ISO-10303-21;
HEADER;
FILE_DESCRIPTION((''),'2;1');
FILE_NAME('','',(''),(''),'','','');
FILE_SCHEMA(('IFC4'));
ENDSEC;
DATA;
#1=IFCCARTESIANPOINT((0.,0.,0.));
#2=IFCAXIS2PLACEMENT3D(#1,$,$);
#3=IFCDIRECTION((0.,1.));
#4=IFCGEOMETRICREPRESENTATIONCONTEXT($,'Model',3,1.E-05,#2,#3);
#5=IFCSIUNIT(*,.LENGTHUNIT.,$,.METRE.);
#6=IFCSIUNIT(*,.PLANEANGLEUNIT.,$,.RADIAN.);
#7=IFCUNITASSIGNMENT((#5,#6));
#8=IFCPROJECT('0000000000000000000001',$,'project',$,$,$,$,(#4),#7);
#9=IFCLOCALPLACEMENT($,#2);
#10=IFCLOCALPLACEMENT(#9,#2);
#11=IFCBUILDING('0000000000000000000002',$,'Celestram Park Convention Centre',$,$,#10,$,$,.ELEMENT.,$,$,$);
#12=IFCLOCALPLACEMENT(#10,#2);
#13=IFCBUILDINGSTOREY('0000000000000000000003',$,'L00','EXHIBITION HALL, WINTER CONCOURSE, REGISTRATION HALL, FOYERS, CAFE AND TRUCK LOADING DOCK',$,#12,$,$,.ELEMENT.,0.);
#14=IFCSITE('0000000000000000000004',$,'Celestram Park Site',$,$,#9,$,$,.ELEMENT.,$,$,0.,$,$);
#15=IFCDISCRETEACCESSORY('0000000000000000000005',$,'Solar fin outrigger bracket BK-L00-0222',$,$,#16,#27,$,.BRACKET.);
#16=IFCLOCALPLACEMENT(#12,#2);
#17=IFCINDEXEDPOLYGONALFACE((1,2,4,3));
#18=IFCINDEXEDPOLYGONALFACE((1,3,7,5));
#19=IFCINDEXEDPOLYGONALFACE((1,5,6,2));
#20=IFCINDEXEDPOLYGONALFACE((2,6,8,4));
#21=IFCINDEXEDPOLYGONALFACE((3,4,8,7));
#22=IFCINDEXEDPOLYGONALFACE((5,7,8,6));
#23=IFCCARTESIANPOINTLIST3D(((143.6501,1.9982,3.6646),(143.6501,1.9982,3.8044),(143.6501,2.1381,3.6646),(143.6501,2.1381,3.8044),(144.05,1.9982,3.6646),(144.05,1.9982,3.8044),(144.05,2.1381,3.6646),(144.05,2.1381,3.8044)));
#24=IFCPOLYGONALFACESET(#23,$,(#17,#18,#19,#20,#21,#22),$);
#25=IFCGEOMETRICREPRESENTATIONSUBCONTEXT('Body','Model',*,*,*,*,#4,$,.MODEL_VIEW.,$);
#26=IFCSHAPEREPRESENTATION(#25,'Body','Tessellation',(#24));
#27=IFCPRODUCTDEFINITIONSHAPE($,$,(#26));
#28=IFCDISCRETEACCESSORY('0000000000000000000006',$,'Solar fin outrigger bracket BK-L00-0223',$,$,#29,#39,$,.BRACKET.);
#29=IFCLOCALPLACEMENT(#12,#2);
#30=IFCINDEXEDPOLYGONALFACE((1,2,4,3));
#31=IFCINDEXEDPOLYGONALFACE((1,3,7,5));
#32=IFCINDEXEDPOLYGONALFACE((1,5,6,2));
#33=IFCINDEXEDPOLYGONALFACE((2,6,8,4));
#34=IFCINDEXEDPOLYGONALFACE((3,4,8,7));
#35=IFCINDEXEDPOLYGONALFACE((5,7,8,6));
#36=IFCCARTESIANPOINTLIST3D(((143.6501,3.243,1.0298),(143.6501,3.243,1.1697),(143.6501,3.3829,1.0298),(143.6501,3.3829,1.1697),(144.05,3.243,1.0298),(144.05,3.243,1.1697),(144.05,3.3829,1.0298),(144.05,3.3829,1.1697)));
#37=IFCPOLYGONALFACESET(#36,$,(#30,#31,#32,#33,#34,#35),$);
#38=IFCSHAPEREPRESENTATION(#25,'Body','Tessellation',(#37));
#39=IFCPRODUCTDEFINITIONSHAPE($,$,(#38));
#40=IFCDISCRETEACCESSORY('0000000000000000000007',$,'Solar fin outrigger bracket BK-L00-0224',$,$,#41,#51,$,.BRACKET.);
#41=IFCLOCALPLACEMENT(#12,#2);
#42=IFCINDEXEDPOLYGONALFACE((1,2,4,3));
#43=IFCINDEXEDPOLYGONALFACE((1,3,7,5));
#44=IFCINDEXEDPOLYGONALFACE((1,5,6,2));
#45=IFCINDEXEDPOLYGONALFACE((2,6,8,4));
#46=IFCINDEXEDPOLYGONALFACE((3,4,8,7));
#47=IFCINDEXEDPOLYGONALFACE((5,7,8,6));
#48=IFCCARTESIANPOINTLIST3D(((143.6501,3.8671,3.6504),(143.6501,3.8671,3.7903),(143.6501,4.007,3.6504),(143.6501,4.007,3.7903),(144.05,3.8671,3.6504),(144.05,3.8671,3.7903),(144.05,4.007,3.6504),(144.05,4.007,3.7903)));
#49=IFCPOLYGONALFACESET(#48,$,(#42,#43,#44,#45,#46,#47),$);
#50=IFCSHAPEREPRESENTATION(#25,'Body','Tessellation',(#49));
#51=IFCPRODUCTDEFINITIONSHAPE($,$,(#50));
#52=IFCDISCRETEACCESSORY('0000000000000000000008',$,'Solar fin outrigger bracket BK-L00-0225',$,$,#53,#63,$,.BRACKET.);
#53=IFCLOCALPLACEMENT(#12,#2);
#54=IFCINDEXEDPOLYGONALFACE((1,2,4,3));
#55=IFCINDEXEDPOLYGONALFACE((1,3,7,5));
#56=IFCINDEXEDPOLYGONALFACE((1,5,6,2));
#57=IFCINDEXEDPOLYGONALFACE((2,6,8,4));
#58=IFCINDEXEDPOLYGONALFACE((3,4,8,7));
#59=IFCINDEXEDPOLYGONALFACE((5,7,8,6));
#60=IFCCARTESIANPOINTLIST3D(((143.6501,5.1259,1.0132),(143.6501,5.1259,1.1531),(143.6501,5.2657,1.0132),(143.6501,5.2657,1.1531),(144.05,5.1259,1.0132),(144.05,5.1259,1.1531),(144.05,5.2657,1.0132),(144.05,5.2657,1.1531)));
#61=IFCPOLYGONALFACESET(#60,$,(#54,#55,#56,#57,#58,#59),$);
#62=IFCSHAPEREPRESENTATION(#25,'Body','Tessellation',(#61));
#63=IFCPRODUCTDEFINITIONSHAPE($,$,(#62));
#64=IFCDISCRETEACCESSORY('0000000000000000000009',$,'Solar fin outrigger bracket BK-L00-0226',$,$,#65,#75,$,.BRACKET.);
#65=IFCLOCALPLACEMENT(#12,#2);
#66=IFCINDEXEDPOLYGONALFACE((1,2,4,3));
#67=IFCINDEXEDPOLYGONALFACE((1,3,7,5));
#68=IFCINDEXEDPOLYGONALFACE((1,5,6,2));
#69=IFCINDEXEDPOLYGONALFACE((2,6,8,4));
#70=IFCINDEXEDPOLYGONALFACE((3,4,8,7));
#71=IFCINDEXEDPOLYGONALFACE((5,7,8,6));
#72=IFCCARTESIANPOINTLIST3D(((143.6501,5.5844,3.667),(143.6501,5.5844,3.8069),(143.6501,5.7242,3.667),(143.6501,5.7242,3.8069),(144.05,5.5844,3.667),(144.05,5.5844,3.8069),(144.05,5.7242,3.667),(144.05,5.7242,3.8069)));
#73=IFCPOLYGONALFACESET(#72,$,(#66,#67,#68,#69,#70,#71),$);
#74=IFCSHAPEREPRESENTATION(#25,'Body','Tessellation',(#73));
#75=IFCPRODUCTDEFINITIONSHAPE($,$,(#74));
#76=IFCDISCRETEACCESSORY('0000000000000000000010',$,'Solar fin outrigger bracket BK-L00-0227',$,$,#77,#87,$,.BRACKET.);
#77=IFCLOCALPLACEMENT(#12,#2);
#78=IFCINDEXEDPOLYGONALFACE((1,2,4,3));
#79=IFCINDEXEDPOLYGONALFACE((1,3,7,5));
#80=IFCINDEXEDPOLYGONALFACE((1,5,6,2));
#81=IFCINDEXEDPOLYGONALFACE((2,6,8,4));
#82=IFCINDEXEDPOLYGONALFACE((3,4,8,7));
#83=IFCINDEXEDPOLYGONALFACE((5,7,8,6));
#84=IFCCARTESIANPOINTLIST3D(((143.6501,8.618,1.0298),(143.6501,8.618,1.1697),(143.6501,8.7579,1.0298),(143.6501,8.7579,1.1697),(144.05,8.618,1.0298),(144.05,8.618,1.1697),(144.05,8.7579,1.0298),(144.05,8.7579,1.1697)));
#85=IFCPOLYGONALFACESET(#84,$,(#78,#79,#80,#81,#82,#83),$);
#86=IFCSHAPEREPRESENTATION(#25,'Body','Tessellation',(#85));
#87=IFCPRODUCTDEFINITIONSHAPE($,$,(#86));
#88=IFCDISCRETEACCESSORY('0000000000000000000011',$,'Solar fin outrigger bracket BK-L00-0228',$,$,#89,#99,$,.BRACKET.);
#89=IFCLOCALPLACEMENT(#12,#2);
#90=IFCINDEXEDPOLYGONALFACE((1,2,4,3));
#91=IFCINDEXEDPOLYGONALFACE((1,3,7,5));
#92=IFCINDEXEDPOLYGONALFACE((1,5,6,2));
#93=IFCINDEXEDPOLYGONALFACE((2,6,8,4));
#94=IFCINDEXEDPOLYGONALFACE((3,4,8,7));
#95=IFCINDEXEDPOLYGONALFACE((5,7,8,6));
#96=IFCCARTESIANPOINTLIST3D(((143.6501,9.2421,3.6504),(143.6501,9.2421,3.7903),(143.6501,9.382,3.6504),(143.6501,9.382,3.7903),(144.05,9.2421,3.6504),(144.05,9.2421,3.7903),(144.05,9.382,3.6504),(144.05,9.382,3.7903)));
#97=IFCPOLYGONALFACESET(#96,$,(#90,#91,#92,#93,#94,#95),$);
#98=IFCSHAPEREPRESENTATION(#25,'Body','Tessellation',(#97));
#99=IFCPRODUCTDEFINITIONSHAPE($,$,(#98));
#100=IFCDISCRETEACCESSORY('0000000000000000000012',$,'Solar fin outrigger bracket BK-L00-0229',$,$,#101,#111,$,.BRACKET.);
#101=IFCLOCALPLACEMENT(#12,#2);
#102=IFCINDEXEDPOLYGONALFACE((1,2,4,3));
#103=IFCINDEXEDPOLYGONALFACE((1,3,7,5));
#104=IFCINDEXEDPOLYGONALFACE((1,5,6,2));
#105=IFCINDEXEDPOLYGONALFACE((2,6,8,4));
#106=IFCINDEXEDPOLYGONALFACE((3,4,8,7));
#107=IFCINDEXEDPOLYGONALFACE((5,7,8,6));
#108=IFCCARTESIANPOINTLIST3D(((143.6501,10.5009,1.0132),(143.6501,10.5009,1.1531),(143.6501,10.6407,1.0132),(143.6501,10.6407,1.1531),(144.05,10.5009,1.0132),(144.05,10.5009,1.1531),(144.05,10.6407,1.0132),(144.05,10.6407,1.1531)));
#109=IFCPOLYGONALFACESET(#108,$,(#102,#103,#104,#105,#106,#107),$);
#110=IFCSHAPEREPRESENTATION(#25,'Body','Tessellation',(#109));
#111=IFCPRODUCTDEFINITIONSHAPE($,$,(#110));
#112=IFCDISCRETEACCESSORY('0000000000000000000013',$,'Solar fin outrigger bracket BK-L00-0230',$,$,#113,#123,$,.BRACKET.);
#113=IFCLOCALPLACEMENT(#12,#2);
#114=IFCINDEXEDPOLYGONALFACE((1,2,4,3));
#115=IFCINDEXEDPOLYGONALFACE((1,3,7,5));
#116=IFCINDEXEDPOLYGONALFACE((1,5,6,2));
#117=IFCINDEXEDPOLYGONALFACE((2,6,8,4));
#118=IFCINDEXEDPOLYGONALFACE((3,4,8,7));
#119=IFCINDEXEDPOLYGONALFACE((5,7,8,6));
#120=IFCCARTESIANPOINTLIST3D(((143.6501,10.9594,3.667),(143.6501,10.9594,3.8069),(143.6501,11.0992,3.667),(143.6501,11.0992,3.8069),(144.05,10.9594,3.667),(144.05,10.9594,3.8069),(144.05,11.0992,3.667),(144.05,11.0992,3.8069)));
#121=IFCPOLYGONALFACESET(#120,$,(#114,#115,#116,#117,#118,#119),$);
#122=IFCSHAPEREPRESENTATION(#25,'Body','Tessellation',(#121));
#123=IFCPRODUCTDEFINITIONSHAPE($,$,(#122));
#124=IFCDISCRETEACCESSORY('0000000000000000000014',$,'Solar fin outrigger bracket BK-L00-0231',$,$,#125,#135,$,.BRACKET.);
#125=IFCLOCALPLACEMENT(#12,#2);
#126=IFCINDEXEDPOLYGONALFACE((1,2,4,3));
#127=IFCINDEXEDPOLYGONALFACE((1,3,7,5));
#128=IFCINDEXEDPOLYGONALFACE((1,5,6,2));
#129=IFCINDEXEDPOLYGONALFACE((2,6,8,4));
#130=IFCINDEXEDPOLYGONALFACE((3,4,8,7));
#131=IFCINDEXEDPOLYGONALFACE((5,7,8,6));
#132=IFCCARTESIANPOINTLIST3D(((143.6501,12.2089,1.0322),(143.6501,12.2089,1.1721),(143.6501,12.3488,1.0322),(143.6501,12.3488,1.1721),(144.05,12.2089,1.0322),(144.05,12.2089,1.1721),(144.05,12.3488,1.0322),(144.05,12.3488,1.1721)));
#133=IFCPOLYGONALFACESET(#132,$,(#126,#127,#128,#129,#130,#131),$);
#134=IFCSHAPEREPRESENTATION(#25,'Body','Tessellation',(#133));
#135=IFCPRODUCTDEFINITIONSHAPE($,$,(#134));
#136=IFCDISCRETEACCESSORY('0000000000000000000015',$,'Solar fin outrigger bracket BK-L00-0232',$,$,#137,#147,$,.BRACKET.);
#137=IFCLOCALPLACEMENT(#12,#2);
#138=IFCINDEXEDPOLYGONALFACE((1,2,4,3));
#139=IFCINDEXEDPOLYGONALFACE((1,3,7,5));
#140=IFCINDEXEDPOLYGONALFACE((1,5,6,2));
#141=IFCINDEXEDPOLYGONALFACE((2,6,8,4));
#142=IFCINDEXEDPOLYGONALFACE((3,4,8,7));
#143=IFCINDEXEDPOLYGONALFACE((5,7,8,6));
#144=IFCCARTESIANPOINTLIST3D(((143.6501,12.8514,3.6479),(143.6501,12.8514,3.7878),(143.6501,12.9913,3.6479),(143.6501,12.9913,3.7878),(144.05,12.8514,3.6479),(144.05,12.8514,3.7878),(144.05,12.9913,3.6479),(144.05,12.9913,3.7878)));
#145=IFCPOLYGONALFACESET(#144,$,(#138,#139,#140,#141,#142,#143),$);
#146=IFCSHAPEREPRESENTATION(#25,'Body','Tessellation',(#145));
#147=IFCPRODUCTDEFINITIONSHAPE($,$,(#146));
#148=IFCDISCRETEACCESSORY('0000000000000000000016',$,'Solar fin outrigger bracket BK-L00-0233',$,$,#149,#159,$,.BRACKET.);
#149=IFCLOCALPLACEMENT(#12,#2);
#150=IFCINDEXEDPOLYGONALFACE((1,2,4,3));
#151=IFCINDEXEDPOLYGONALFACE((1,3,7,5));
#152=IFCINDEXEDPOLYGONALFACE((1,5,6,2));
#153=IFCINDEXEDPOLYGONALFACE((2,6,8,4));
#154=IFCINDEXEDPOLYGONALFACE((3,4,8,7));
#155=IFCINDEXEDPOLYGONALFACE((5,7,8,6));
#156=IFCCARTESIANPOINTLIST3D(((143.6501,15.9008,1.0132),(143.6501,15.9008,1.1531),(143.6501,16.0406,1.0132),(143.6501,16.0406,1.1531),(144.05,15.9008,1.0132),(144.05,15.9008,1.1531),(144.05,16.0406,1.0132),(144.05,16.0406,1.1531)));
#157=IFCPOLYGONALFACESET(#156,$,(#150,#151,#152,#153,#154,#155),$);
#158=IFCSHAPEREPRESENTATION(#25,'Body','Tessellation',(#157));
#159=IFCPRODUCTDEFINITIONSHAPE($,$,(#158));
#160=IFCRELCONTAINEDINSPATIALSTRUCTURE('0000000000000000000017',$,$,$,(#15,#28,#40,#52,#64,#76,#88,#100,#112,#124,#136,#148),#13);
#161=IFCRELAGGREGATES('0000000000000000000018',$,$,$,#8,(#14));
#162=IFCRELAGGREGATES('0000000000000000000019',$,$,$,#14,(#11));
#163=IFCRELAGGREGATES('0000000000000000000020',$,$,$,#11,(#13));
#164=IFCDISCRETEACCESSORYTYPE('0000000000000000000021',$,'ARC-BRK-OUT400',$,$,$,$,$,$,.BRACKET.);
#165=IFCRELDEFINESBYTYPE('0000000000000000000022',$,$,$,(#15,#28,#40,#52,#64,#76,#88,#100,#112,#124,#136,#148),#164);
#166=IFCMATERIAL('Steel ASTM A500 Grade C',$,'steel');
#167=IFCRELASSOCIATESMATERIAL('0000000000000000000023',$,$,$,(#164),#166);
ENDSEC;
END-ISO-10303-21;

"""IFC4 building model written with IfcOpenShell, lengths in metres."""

from ifc_helpers import new_model, si_unit, direction, frame, origin, origin_2d, place, context, subcontext, project, spatial, rectangle, extrude, material, type_object, element, save


model = new_model("IFC4")

# Units and contexts
model_context = context("Model", 3, precision=1e-05, world=origin(), true_north=direction((0.0, 1.0)))
body_context = subcontext(model_context, "Body", "Model", "MODEL_VIEW")
ifc_project = project(units=[si_unit("LENGTHUNIT", "METRE"), si_unit("PLANEANGLEUNIT", "RADIAN")], contexts=[model_context])

# Site, building, storey
site_placement = place(None, origin())
site = spatial("IfcSite", under=ifc_project, at=site_placement, Name="Celestram Park Site", CompositionType="ELEMENT", RefElevation=0.0)
building_placement = place(site_placement, origin())
building = spatial("IfcBuilding", under=site, at=building_placement, Name="Celestram Park Convention Centre", CompositionType="ELEMENT")
storey_placement = place(building_placement, origin())
storey = spatial("IfcBuildingStorey", under=building, at=storey_placement, Name="L00", Description="EXHIBITION HALL, WINTER CONCOURSE, REGISTRATION HALL, FOYERS, CAFE AND TRUCK LOADING DOCK", CompositionType="ELEMENT", Elevation=0.0)

# Discrete accessories
ifc_material_1 = material(Name="Steel ASTM A500 Grade C", Category="steel")
discrete_accessory_type = type_object("IfcDiscreteAccessoryType", Name="ARC-BRK-OUT400", PredefinedType="BRACKET", material=ifc_material_1)
for number, where, z_axis, x_axis, name in (
    (1, (143.8501, 2.0681, 3.6646), (0.0, 0.0, 1.0), (-1.0, 0.0, 0.0), "Solar fin outrigger bracket BK-L00-0222"),
    (2, (143.8501, 3.313, 1.0298), (0.0, 0.0, 1.0), (-1.0, 0.0, 0.0), "Solar fin outrigger bracket BK-L00-0223"),
    (3, (143.8501, 3.937, 3.6504), (0.0, 0.0, 1.0), (-1.0, 0.0, 0.0), "Solar fin outrigger bracket BK-L00-0224"),
    (4, (143.8501, 5.1958, 1.0132), (0.0, 0.0, 1.0), (-1.0, 0.0, 0.0), "Solar fin outrigger bracket BK-L00-0225"),
    (5, (143.8501, 5.6543, 3.667), (0.0, 0.0, 1.0), (-1.0, 0.0, 0.0), "Solar fin outrigger bracket BK-L00-0226"),
    (6, (143.8501, 8.688, 1.0298), (0.0, 0.0, 1.0), (-1.0, 0.0, 0.0), "Solar fin outrigger bracket BK-L00-0227"),
    (7, (143.8501, 9.312, 3.6504), (0.0, 0.0, 1.0), (-1.0, 0.0, 0.0), "Solar fin outrigger bracket BK-L00-0228"),
    (8, (143.8501, 10.5708, 1.0132), (0.0, 0.0, 1.0), (-1.0, 0.0, 0.0), "Solar fin outrigger bracket BK-L00-0229"),
    (9, (143.8501, 11.0293, 3.667), (0.0, 0.0, 1.0), (-1.0, 0.0, 0.0), "Solar fin outrigger bracket BK-L00-0230"),
    (10, (143.8501, 12.2788, 1.0322), (0.0, 0.0, 1.0), (-1.0, 0.0, 0.0), "Solar fin outrigger bracket BK-L00-0231"),
    (11, (143.8501, 12.9214, 3.6479), (0.0, 0.0, 1.0), (-1.0, 0.0, 0.0), "Solar fin outrigger bracket BK-L00-0232"),
    (12, (143.8501, 15.9707, 1.0132), (0.0, 0.0, 1.0), (-1.0, 0.0, 0.0), "Solar fin outrigger bracket BK-L00-0233"),
):
    element("IfcDiscreteAccessory", number, at=place(storey_placement, frame(where, z_axis=z_axis, x_axis=x_axis)), inside=storey, type_object=discrete_accessory_type, Name=name, PredefinedType="BRACKET", context=body_context, shape_type="SweptSolid", body=[
        extrude(rectangle(XDim=0.3999, YDim=0.1399, at=origin_2d()), origin(), (0.0, 0.0, 1.0), 0.1399),
    ])

save(model, "model.ifc")
